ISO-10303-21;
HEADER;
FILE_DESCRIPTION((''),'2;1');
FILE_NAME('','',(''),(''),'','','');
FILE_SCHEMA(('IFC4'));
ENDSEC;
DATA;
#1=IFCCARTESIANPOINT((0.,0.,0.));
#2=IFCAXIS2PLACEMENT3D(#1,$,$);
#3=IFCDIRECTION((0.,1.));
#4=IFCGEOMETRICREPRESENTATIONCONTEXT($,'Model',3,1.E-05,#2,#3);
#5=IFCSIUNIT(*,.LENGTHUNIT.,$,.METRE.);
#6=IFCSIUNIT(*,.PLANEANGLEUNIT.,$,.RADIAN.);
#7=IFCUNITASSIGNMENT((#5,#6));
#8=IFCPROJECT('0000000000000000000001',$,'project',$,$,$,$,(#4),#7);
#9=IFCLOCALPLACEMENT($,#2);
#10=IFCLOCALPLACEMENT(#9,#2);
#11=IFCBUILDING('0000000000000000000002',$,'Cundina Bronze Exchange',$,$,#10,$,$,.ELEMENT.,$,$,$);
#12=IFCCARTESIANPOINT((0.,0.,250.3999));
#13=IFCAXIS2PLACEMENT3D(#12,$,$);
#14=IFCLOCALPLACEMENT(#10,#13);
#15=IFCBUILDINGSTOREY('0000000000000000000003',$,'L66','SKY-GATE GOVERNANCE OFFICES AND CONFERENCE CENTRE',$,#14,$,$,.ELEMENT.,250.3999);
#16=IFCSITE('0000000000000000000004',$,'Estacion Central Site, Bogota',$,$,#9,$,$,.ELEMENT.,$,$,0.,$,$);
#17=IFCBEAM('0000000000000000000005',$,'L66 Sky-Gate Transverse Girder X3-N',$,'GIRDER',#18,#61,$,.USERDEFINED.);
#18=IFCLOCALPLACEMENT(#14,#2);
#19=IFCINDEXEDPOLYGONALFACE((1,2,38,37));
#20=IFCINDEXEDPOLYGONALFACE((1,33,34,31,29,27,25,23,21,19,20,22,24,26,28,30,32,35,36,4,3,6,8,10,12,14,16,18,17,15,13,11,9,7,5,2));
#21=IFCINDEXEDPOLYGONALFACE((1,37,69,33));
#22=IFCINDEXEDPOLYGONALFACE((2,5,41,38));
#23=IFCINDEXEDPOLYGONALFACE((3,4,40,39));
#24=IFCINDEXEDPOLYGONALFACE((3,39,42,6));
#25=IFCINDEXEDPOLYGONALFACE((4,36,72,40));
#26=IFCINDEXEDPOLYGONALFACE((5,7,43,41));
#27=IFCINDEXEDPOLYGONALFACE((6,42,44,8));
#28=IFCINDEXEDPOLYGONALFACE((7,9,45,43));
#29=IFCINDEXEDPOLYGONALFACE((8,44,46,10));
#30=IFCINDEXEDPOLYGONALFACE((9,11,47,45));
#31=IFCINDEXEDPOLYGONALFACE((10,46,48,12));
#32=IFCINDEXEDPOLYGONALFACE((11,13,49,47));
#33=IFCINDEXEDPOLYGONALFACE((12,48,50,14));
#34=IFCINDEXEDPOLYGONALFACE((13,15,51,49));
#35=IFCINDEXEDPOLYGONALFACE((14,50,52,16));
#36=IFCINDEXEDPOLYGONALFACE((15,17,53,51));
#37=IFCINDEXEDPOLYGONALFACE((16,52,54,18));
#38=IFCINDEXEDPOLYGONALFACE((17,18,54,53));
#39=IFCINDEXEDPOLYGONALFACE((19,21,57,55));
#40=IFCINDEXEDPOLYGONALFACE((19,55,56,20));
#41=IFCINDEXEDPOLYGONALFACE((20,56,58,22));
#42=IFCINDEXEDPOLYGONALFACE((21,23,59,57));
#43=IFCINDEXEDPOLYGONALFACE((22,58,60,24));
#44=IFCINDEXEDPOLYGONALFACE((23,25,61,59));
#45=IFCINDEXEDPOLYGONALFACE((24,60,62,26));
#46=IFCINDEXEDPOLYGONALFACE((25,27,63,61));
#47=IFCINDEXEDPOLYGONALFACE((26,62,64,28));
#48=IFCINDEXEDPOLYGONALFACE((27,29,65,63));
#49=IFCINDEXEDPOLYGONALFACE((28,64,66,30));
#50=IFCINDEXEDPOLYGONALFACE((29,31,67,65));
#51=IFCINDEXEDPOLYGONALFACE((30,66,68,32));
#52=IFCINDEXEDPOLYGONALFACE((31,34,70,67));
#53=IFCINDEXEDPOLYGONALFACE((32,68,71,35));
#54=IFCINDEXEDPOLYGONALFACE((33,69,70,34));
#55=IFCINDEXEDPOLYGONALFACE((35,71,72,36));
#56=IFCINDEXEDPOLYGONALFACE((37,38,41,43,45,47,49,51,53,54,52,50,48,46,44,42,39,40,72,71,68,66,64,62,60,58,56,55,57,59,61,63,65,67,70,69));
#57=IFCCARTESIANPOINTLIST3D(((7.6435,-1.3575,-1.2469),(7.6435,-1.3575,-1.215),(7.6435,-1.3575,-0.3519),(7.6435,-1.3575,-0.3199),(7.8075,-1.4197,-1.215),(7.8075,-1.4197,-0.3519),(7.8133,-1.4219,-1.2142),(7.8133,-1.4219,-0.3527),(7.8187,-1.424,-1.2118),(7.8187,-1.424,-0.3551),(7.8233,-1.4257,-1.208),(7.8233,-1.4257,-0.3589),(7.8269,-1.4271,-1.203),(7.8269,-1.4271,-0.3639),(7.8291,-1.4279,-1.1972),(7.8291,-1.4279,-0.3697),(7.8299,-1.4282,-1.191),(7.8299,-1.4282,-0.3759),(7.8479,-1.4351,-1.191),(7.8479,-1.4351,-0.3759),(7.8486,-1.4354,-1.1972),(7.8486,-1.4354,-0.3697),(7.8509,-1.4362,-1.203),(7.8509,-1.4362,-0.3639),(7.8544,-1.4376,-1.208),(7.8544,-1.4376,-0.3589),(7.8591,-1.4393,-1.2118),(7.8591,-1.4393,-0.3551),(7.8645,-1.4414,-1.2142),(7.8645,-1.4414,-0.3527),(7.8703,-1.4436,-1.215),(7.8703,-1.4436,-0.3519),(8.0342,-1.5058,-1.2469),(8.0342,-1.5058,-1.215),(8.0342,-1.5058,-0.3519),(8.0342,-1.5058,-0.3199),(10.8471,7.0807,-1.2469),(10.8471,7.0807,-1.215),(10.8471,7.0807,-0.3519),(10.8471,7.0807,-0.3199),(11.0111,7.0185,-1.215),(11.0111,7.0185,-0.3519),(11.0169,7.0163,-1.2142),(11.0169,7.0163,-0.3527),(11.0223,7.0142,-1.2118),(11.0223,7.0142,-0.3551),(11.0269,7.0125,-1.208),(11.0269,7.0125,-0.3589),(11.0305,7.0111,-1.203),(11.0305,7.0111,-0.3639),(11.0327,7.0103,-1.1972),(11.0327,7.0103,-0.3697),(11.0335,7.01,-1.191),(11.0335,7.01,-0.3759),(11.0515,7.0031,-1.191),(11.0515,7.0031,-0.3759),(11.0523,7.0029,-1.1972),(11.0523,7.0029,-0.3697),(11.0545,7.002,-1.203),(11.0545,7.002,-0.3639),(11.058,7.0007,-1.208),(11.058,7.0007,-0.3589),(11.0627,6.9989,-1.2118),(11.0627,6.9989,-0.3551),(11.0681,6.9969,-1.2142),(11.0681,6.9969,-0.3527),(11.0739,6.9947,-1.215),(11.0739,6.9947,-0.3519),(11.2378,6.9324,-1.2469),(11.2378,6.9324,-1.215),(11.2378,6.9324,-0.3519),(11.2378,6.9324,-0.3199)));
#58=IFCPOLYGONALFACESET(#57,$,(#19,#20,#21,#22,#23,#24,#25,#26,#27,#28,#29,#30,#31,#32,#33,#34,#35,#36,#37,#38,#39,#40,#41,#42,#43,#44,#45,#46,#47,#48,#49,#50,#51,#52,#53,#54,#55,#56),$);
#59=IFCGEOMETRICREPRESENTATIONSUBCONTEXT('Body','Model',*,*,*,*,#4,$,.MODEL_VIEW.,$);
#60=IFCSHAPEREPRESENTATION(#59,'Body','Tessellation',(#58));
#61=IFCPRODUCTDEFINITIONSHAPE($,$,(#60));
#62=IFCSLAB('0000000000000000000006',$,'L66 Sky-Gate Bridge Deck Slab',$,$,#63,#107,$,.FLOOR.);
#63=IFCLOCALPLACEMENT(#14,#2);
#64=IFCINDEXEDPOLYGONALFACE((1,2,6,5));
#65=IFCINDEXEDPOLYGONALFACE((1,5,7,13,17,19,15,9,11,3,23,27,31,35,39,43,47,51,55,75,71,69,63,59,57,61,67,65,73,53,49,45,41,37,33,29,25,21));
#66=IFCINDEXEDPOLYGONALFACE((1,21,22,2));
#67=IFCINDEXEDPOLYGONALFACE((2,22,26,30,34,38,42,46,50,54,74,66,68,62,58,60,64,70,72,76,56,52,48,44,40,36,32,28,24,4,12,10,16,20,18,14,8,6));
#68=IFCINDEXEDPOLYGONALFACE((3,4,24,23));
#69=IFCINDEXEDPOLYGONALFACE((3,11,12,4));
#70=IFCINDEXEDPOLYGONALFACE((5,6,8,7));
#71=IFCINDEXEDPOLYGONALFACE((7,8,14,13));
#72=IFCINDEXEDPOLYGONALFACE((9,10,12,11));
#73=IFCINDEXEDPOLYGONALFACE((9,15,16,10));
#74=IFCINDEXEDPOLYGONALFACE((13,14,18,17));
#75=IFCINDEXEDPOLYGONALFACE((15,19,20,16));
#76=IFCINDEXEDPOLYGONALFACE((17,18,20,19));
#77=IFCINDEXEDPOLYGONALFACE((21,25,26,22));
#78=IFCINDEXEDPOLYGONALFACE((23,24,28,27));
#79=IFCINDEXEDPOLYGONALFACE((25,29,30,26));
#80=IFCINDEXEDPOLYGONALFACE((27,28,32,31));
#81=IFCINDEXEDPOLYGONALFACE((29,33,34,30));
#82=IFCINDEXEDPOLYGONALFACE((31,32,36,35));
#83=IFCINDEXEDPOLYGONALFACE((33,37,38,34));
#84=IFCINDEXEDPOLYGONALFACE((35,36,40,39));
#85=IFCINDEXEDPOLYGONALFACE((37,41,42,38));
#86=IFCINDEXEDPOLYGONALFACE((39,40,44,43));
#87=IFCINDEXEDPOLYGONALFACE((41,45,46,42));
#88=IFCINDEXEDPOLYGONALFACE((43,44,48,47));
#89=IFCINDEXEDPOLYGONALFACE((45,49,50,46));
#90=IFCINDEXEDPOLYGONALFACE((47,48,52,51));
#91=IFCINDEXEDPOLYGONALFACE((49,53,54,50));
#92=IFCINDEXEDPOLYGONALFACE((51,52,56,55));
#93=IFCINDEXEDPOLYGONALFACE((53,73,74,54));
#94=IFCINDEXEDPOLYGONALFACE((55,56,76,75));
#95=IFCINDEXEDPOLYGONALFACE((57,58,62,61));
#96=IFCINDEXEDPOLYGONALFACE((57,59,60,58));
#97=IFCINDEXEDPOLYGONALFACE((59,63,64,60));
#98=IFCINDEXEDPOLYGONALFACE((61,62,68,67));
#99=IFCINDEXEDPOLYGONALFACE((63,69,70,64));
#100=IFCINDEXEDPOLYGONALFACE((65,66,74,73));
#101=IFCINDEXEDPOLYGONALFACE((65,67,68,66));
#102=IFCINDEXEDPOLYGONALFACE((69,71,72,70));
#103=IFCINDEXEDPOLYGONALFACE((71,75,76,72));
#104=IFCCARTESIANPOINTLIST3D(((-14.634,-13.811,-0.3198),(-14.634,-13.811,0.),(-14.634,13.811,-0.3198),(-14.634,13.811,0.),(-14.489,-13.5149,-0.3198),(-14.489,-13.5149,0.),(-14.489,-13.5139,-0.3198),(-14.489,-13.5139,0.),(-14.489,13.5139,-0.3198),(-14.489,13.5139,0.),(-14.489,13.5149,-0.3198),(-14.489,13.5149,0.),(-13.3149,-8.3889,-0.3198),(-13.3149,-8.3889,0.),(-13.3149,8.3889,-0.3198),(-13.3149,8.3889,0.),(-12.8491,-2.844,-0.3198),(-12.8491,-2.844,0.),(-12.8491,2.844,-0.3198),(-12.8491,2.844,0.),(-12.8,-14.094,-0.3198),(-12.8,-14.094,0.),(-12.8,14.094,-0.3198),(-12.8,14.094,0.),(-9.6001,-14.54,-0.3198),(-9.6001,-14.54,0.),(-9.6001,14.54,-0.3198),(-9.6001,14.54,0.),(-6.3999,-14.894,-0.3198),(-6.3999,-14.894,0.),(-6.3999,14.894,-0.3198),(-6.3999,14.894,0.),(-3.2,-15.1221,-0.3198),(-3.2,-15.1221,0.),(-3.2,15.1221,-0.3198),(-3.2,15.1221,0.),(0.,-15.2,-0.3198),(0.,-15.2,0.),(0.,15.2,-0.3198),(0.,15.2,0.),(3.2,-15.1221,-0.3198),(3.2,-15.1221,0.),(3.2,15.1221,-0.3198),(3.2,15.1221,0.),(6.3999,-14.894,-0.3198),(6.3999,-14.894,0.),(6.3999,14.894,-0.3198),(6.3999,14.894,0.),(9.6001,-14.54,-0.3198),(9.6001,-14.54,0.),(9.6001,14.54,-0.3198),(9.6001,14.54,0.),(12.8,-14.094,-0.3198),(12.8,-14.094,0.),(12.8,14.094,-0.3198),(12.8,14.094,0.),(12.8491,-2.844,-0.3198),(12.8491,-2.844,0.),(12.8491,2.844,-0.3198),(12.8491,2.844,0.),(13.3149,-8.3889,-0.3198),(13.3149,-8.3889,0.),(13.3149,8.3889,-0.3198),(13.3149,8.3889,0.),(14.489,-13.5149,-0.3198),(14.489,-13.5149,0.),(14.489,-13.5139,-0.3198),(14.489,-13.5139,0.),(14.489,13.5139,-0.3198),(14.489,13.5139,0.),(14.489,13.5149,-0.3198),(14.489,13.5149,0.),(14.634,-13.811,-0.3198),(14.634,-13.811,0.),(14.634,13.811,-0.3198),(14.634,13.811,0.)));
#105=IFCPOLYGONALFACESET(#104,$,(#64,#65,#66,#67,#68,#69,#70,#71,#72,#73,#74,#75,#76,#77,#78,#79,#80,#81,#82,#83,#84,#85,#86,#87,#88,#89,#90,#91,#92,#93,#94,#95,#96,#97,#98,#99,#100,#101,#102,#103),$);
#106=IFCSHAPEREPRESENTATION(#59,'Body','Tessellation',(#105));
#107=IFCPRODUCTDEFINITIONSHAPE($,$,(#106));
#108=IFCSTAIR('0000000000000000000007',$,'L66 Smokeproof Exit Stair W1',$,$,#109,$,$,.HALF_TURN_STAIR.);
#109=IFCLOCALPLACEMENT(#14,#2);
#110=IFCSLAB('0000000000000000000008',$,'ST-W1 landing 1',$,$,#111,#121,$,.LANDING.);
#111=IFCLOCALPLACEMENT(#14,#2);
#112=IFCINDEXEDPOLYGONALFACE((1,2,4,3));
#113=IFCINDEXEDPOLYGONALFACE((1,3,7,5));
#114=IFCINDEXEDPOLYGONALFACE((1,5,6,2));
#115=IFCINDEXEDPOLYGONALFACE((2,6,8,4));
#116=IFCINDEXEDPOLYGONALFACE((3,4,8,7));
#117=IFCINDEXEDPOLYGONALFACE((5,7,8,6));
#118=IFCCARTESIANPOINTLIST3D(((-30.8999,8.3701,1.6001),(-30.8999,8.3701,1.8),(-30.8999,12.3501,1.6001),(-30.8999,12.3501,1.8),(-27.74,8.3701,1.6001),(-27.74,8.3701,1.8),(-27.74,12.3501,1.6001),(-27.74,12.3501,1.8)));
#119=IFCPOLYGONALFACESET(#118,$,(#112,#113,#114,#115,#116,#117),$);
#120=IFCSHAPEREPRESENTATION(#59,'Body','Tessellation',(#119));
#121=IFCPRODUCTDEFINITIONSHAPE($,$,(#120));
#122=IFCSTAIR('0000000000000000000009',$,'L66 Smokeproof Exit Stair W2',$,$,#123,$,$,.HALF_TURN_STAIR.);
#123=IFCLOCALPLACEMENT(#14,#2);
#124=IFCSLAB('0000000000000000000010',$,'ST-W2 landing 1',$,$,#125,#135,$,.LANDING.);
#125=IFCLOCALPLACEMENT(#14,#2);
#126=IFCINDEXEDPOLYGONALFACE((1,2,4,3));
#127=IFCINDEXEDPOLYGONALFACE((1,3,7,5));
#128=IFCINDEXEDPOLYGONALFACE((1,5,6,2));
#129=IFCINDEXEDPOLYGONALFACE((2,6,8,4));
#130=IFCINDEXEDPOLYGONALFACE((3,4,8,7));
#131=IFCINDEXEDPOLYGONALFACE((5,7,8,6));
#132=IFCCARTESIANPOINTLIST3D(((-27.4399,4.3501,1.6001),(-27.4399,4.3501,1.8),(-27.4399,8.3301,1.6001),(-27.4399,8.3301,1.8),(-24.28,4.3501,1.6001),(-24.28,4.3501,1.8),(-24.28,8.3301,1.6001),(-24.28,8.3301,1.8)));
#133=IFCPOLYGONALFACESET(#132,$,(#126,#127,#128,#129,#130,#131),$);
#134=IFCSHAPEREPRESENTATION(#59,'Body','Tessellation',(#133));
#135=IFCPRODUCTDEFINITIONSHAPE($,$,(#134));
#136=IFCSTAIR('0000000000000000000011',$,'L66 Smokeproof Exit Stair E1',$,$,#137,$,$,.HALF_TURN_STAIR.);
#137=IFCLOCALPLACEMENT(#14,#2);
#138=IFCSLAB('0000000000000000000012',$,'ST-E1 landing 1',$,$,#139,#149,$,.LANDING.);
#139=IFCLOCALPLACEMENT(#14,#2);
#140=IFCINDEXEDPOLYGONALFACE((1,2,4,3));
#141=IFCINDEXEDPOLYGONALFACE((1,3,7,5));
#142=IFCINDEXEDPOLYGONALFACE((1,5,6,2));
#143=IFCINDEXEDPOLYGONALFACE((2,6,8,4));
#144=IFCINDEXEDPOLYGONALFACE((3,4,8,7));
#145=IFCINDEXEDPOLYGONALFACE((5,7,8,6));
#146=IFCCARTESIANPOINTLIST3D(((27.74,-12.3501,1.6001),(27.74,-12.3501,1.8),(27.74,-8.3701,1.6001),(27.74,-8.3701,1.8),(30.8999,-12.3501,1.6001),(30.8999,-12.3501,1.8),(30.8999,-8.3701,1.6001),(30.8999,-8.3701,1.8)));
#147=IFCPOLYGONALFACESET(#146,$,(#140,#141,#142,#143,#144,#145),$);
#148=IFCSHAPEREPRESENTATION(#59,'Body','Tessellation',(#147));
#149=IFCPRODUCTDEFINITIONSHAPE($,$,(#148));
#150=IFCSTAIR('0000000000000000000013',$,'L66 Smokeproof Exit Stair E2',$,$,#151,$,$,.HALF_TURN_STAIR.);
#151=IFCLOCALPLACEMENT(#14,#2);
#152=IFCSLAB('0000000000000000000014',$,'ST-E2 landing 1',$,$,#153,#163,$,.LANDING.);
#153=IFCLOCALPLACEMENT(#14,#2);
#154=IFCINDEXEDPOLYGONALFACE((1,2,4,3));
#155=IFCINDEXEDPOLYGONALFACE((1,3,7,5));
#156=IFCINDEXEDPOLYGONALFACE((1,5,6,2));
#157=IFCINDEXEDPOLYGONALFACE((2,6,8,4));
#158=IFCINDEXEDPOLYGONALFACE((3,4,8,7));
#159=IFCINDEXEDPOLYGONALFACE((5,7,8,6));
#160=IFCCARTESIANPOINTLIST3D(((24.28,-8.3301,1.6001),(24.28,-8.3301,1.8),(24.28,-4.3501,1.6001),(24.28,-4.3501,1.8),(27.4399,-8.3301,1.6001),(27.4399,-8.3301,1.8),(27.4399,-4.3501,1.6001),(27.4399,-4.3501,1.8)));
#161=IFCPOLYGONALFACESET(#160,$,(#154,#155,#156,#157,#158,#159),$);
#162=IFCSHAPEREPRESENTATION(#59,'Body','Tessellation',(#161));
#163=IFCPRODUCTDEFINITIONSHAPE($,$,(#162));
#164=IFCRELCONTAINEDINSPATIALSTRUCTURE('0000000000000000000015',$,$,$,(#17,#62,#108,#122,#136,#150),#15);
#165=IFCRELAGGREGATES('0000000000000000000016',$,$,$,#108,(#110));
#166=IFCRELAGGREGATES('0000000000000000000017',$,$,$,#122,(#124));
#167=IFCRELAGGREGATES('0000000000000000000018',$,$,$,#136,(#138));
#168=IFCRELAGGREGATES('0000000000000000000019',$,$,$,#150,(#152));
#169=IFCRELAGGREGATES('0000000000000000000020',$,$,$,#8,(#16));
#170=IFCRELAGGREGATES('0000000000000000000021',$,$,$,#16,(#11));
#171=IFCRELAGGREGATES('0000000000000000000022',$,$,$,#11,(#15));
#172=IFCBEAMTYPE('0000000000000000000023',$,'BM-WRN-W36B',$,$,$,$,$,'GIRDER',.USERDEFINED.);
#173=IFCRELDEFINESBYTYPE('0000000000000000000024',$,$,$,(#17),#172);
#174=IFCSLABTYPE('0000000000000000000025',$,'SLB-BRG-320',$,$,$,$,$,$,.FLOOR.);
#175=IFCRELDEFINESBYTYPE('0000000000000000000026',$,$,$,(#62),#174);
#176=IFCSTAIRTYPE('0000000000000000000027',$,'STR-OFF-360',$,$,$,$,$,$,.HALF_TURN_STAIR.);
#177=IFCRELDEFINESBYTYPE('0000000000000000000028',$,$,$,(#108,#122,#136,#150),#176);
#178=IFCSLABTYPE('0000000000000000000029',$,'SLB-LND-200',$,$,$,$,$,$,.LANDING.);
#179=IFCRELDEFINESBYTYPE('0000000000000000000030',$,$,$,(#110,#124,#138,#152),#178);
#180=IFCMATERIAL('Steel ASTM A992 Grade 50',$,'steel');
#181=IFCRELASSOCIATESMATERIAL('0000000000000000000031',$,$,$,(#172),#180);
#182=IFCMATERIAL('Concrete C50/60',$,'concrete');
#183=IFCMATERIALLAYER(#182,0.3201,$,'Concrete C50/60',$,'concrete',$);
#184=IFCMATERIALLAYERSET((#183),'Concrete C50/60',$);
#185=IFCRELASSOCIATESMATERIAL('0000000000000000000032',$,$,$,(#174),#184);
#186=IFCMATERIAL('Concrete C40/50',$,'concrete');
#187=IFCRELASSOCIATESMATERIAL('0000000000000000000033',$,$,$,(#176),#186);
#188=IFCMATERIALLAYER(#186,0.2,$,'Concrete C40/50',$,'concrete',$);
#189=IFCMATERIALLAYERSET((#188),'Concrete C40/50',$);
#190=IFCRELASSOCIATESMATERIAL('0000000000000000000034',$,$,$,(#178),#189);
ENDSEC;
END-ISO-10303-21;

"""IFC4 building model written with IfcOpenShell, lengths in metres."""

from ifc_helpers import new_model, si_unit, direction, frame, origin, origin_2d, place, context, subcontext, project, spatial, polyline, i_section, outline, extrude, material, layer, layer_set, material_profile, profile_set, type_object, element, aggregate, save


model = new_model("IFC4")

# Units and contexts
model_context = context("Model", 3, precision=1e-05, world=origin(), true_north=direction((0.0, 1.0)))
body_context = subcontext(model_context, "Body", "Model", "MODEL_VIEW")
ifc_project = project(units=[si_unit("LENGTHUNIT", "METRE"), si_unit("PLANEANGLEUNIT", "RADIAN")], contexts=[model_context])

# Site, building, storey
site_placement = place(None, origin())
site = spatial("IfcSite", under=ifc_project, at=site_placement, Name="Estacion Central Site, Bogota", CompositionType="ELEMENT", RefElevation=0.0)
building_placement = place(site_placement, origin())
building = spatial("IfcBuilding", under=site, at=building_placement, Name="Cundina Bronze Exchange", CompositionType="ELEMENT")
storey_placement = place(building_placement, frame((0.0, 0.0, 250.3999)))
storey = spatial("IfcBuildingStorey", under=building, at=storey_placement, Name="L66", Description="SKY-GATE GOVERNANCE OFFICES AND CONFERENCE CENTRE", CompositionType="ELEMENT", Elevation=250.3999)

# Shared definitions
ifc_material_1 = material(Name="Concrete C50/60", Category="concrete")

# Beam
ifc_material_2 = material(Name="Steel ASTM A992 Grade 50", Category="steel")
ifc_material_profile_1 = material_profile(ifc_material_2, i_section(OverallWidth=0.418, OverallDepth=0.927, WebThickness=0.0193, FlangeThickness=0.032, FilletRadius=0.0239, at=origin_2d()), Name="W36X231", Category="steel")
ifc_profile_set_1 = profile_set([ifc_material_profile_1], Name="Steel ASTM A992 Grade 50")
beam_type_1 = type_object("IfcBeamType", Name="BM-WRN-W36B", ElementType="GIRDER", PredefinedType="USERDEFINED", material=ifc_profile_set_1)
beam_1_placement = place(storey_placement, frame((7.8389, -1.4316, -0.7834), z_axis=(0.354936, 0.934891, 0.0), x_axis=(-0.934891, 0.354936, 0.0)))
element("IfcBeam", 1, at=beam_1_placement, inside=storey, type_object=beam_type_1, Name="L66 Sky-Gate Transverse Girder X3-N", ObjectType="GIRDER", PredefinedType="USERDEFINED", context=body_context, shape_type="SweptSolid", body=[
    extrude(i_section(OverallWidth=0.418, OverallDepth=0.927, WebThickness=0.0193, FlangeThickness=0.032, FilletRadius=0.0239, at=origin_2d()), origin(), (0.0, 0.0, 1.0), 9.0259),
])

# Slab
ifc_layer_1 = layer(ifc_material_1, 0.3201, Name="Concrete C50/60", Category="concrete")
ifc_layer_set_1 = layer_set([ifc_layer_1], Name="Concrete C50/60")
slab_type_1 = type_object("IfcSlabType", Name="SLB-BRG-320", PredefinedType="FLOOR", material=ifc_layer_set_1)
slab_1_placement = place(storey_placement, frame((0.0, 0.0, -0.3198)))
element("IfcSlab", 2, at=slab_1_placement, inside=storey, type_object=slab_type_1, Name="L66 Sky-Gate Bridge Deck Slab", PredefinedType="FLOOR", context=body_context, shape_type="SweptSolid", body=[
    extrude(outline(polyline([(12.8, -14.094), (9.6001, -14.54), (6.3999, -14.894), (3.2, -15.1221), (0.0, -15.2), (-3.2, -15.1221), (-6.3999, -14.894), (-9.6001, -14.54), (-12.8, -14.094), (-14.634, -13.811), (-14.489, -13.5149), (-14.489, -13.5149), (-14.489, -13.5139), (-13.3149, -8.3889), (-13.3149, -8.3889), (-12.8491, -2.844), (-12.8491, -2.844), (-12.8491, 2.844), (-12.8491, 2.844), (-13.3149, 8.3889), (-13.3149, 8.3889), (-14.489, 13.5139), (-14.489, 13.5149), (-14.489, 13.5149), (-14.634, 13.811), (-12.8, 14.094), (-9.6001, 14.54), (-6.3999, 14.894), (-3.2, 15.1221), (0.0, 15.2), (3.2, 15.1221), (6.3999, 14.894), (9.6001, 14.54), (12.8, 14.094), (14.634, 13.811), (14.489, 13.5149), (14.489, 13.5149), (14.489, 13.5139), (13.3149, 8.3889), (13.3149, 8.3889), (12.8491, 2.844), (12.8491, 2.844), (12.8491, -2.844), (12.8491, -2.844), (13.3149, -8.3889), (13.3149, -8.3889), (14.489, -13.5139), (14.489, -13.5149), (14.489, -13.5149), (14.634, -13.811), (12.8, -14.094)])), origin(), (0.0, 0.0, 1.0), 0.3198),
])

# Stairs, slabs
ifc_material_3 = material(Name="Concrete C40/50", Category="concrete")
stair_type = type_object("IfcStairType", Name="STR-OFF-360", PredefinedType="HALF_TURN_STAIR", material=ifc_material_3)
stair_1_placement = place(storey_placement, origin())
stair_1 = element("IfcStair", 3, at=stair_1_placement, inside=storey, type_object=stair_type, Name="L66 Smokeproof Exit Stair W1", PredefinedType="HALF_TURN_STAIR")
ifc_layer_2 = layer(ifc_material_3, 0.2, Name="Concrete C40/50", Category="concrete")
ifc_layer_set_2 = layer_set([ifc_layer_2], Name="Concrete C40/50")
slab_type_2 = type_object("IfcSlabType", Name="SLB-LND-200", PredefinedType="LANDING", material=ifc_layer_set_2)
slab_2_placement = place(storey_placement, frame((0.0, 0.0, 1.6001)))
slab_2 = element("IfcSlab", 4, at=slab_2_placement, type_object=slab_type_2, Name="ST-W1 landing 1", PredefinedType="LANDING", context=body_context, shape_type="SweptSolid", body=[
    extrude(outline(polyline([(-27.74, 8.3701), (-27.74, 12.3501), (-30.8999, 12.3501), (-30.8999, 8.3701), (-27.74, 8.3701)])), origin(), (0.0, 0.0, 1.0), 0.2),
])
aggregate(stair_1, [slab_2])
stair_2_placement = place(storey_placement, origin())
stair_2 = element("IfcStair", 5, at=stair_2_placement, inside=storey, type_object=stair_type, Name="L66 Smokeproof Exit Stair W2", PredefinedType="HALF_TURN_STAIR")
slab_3_placement = place(storey_placement, frame((0.0, 0.0, 1.6001)))
slab_3 = element("IfcSlab", 6, at=slab_3_placement, type_object=slab_type_2, Name="ST-W2 landing 1", PredefinedType="LANDING", context=body_context, shape_type="SweptSolid", body=[
    extrude(outline(polyline([(-27.4399, 8.3301), (-27.4399, 4.3501), (-24.28, 4.3501), (-24.28, 8.3301), (-27.4399, 8.3301)])), origin(), (0.0, 0.0, 1.0), 0.2),
])
aggregate(stair_2, [slab_3])
stair_3_placement = place(storey_placement, origin())
stair_3 = element("IfcStair", 7, at=stair_3_placement, inside=storey, type_object=stair_type, Name="L66 Smokeproof Exit Stair E1", PredefinedType="HALF_TURN_STAIR")
slab_4_placement = place(storey_placement, frame((0.0, 0.0, 1.6001)))
slab_4 = element("IfcSlab", 8, at=slab_4_placement, type_object=slab_type_2, Name="ST-E1 landing 1", PredefinedType="LANDING", context=body_context, shape_type="SweptSolid", body=[
    extrude(outline(polyline([(27.74, -8.3701), (27.74, -12.3501), (30.8999, -12.3501), (30.8999, -8.3701), (27.74, -8.3701)])), origin(), (0.0, 0.0, 1.0), 0.2),
])
aggregate(stair_3, [slab_4])
stair_4_placement = place(storey_placement, origin())
stair_4 = element("IfcStair", 9, at=stair_4_placement, inside=storey, type_object=stair_type, Name="L66 Smokeproof Exit Stair E2", PredefinedType="HALF_TURN_STAIR")
slab_5_placement = place(storey_placement, frame((0.0, 0.0, 1.6001)))
slab_5 = element("IfcSlab", 10, at=slab_5_placement, type_object=slab_type_2, Name="ST-E2 landing 1", PredefinedType="LANDING", context=body_context, shape_type="SweptSolid", body=[
    extrude(outline(polyline([(27.4399, -8.3301), (27.4399, -4.3501), (24.28, -4.3501), (24.28, -8.3301), (27.4399, -8.3301)])), origin(), (0.0, 0.0, 1.0), 0.2),
])
aggregate(stair_4, [slab_5])

save(model, "model.ifc")
